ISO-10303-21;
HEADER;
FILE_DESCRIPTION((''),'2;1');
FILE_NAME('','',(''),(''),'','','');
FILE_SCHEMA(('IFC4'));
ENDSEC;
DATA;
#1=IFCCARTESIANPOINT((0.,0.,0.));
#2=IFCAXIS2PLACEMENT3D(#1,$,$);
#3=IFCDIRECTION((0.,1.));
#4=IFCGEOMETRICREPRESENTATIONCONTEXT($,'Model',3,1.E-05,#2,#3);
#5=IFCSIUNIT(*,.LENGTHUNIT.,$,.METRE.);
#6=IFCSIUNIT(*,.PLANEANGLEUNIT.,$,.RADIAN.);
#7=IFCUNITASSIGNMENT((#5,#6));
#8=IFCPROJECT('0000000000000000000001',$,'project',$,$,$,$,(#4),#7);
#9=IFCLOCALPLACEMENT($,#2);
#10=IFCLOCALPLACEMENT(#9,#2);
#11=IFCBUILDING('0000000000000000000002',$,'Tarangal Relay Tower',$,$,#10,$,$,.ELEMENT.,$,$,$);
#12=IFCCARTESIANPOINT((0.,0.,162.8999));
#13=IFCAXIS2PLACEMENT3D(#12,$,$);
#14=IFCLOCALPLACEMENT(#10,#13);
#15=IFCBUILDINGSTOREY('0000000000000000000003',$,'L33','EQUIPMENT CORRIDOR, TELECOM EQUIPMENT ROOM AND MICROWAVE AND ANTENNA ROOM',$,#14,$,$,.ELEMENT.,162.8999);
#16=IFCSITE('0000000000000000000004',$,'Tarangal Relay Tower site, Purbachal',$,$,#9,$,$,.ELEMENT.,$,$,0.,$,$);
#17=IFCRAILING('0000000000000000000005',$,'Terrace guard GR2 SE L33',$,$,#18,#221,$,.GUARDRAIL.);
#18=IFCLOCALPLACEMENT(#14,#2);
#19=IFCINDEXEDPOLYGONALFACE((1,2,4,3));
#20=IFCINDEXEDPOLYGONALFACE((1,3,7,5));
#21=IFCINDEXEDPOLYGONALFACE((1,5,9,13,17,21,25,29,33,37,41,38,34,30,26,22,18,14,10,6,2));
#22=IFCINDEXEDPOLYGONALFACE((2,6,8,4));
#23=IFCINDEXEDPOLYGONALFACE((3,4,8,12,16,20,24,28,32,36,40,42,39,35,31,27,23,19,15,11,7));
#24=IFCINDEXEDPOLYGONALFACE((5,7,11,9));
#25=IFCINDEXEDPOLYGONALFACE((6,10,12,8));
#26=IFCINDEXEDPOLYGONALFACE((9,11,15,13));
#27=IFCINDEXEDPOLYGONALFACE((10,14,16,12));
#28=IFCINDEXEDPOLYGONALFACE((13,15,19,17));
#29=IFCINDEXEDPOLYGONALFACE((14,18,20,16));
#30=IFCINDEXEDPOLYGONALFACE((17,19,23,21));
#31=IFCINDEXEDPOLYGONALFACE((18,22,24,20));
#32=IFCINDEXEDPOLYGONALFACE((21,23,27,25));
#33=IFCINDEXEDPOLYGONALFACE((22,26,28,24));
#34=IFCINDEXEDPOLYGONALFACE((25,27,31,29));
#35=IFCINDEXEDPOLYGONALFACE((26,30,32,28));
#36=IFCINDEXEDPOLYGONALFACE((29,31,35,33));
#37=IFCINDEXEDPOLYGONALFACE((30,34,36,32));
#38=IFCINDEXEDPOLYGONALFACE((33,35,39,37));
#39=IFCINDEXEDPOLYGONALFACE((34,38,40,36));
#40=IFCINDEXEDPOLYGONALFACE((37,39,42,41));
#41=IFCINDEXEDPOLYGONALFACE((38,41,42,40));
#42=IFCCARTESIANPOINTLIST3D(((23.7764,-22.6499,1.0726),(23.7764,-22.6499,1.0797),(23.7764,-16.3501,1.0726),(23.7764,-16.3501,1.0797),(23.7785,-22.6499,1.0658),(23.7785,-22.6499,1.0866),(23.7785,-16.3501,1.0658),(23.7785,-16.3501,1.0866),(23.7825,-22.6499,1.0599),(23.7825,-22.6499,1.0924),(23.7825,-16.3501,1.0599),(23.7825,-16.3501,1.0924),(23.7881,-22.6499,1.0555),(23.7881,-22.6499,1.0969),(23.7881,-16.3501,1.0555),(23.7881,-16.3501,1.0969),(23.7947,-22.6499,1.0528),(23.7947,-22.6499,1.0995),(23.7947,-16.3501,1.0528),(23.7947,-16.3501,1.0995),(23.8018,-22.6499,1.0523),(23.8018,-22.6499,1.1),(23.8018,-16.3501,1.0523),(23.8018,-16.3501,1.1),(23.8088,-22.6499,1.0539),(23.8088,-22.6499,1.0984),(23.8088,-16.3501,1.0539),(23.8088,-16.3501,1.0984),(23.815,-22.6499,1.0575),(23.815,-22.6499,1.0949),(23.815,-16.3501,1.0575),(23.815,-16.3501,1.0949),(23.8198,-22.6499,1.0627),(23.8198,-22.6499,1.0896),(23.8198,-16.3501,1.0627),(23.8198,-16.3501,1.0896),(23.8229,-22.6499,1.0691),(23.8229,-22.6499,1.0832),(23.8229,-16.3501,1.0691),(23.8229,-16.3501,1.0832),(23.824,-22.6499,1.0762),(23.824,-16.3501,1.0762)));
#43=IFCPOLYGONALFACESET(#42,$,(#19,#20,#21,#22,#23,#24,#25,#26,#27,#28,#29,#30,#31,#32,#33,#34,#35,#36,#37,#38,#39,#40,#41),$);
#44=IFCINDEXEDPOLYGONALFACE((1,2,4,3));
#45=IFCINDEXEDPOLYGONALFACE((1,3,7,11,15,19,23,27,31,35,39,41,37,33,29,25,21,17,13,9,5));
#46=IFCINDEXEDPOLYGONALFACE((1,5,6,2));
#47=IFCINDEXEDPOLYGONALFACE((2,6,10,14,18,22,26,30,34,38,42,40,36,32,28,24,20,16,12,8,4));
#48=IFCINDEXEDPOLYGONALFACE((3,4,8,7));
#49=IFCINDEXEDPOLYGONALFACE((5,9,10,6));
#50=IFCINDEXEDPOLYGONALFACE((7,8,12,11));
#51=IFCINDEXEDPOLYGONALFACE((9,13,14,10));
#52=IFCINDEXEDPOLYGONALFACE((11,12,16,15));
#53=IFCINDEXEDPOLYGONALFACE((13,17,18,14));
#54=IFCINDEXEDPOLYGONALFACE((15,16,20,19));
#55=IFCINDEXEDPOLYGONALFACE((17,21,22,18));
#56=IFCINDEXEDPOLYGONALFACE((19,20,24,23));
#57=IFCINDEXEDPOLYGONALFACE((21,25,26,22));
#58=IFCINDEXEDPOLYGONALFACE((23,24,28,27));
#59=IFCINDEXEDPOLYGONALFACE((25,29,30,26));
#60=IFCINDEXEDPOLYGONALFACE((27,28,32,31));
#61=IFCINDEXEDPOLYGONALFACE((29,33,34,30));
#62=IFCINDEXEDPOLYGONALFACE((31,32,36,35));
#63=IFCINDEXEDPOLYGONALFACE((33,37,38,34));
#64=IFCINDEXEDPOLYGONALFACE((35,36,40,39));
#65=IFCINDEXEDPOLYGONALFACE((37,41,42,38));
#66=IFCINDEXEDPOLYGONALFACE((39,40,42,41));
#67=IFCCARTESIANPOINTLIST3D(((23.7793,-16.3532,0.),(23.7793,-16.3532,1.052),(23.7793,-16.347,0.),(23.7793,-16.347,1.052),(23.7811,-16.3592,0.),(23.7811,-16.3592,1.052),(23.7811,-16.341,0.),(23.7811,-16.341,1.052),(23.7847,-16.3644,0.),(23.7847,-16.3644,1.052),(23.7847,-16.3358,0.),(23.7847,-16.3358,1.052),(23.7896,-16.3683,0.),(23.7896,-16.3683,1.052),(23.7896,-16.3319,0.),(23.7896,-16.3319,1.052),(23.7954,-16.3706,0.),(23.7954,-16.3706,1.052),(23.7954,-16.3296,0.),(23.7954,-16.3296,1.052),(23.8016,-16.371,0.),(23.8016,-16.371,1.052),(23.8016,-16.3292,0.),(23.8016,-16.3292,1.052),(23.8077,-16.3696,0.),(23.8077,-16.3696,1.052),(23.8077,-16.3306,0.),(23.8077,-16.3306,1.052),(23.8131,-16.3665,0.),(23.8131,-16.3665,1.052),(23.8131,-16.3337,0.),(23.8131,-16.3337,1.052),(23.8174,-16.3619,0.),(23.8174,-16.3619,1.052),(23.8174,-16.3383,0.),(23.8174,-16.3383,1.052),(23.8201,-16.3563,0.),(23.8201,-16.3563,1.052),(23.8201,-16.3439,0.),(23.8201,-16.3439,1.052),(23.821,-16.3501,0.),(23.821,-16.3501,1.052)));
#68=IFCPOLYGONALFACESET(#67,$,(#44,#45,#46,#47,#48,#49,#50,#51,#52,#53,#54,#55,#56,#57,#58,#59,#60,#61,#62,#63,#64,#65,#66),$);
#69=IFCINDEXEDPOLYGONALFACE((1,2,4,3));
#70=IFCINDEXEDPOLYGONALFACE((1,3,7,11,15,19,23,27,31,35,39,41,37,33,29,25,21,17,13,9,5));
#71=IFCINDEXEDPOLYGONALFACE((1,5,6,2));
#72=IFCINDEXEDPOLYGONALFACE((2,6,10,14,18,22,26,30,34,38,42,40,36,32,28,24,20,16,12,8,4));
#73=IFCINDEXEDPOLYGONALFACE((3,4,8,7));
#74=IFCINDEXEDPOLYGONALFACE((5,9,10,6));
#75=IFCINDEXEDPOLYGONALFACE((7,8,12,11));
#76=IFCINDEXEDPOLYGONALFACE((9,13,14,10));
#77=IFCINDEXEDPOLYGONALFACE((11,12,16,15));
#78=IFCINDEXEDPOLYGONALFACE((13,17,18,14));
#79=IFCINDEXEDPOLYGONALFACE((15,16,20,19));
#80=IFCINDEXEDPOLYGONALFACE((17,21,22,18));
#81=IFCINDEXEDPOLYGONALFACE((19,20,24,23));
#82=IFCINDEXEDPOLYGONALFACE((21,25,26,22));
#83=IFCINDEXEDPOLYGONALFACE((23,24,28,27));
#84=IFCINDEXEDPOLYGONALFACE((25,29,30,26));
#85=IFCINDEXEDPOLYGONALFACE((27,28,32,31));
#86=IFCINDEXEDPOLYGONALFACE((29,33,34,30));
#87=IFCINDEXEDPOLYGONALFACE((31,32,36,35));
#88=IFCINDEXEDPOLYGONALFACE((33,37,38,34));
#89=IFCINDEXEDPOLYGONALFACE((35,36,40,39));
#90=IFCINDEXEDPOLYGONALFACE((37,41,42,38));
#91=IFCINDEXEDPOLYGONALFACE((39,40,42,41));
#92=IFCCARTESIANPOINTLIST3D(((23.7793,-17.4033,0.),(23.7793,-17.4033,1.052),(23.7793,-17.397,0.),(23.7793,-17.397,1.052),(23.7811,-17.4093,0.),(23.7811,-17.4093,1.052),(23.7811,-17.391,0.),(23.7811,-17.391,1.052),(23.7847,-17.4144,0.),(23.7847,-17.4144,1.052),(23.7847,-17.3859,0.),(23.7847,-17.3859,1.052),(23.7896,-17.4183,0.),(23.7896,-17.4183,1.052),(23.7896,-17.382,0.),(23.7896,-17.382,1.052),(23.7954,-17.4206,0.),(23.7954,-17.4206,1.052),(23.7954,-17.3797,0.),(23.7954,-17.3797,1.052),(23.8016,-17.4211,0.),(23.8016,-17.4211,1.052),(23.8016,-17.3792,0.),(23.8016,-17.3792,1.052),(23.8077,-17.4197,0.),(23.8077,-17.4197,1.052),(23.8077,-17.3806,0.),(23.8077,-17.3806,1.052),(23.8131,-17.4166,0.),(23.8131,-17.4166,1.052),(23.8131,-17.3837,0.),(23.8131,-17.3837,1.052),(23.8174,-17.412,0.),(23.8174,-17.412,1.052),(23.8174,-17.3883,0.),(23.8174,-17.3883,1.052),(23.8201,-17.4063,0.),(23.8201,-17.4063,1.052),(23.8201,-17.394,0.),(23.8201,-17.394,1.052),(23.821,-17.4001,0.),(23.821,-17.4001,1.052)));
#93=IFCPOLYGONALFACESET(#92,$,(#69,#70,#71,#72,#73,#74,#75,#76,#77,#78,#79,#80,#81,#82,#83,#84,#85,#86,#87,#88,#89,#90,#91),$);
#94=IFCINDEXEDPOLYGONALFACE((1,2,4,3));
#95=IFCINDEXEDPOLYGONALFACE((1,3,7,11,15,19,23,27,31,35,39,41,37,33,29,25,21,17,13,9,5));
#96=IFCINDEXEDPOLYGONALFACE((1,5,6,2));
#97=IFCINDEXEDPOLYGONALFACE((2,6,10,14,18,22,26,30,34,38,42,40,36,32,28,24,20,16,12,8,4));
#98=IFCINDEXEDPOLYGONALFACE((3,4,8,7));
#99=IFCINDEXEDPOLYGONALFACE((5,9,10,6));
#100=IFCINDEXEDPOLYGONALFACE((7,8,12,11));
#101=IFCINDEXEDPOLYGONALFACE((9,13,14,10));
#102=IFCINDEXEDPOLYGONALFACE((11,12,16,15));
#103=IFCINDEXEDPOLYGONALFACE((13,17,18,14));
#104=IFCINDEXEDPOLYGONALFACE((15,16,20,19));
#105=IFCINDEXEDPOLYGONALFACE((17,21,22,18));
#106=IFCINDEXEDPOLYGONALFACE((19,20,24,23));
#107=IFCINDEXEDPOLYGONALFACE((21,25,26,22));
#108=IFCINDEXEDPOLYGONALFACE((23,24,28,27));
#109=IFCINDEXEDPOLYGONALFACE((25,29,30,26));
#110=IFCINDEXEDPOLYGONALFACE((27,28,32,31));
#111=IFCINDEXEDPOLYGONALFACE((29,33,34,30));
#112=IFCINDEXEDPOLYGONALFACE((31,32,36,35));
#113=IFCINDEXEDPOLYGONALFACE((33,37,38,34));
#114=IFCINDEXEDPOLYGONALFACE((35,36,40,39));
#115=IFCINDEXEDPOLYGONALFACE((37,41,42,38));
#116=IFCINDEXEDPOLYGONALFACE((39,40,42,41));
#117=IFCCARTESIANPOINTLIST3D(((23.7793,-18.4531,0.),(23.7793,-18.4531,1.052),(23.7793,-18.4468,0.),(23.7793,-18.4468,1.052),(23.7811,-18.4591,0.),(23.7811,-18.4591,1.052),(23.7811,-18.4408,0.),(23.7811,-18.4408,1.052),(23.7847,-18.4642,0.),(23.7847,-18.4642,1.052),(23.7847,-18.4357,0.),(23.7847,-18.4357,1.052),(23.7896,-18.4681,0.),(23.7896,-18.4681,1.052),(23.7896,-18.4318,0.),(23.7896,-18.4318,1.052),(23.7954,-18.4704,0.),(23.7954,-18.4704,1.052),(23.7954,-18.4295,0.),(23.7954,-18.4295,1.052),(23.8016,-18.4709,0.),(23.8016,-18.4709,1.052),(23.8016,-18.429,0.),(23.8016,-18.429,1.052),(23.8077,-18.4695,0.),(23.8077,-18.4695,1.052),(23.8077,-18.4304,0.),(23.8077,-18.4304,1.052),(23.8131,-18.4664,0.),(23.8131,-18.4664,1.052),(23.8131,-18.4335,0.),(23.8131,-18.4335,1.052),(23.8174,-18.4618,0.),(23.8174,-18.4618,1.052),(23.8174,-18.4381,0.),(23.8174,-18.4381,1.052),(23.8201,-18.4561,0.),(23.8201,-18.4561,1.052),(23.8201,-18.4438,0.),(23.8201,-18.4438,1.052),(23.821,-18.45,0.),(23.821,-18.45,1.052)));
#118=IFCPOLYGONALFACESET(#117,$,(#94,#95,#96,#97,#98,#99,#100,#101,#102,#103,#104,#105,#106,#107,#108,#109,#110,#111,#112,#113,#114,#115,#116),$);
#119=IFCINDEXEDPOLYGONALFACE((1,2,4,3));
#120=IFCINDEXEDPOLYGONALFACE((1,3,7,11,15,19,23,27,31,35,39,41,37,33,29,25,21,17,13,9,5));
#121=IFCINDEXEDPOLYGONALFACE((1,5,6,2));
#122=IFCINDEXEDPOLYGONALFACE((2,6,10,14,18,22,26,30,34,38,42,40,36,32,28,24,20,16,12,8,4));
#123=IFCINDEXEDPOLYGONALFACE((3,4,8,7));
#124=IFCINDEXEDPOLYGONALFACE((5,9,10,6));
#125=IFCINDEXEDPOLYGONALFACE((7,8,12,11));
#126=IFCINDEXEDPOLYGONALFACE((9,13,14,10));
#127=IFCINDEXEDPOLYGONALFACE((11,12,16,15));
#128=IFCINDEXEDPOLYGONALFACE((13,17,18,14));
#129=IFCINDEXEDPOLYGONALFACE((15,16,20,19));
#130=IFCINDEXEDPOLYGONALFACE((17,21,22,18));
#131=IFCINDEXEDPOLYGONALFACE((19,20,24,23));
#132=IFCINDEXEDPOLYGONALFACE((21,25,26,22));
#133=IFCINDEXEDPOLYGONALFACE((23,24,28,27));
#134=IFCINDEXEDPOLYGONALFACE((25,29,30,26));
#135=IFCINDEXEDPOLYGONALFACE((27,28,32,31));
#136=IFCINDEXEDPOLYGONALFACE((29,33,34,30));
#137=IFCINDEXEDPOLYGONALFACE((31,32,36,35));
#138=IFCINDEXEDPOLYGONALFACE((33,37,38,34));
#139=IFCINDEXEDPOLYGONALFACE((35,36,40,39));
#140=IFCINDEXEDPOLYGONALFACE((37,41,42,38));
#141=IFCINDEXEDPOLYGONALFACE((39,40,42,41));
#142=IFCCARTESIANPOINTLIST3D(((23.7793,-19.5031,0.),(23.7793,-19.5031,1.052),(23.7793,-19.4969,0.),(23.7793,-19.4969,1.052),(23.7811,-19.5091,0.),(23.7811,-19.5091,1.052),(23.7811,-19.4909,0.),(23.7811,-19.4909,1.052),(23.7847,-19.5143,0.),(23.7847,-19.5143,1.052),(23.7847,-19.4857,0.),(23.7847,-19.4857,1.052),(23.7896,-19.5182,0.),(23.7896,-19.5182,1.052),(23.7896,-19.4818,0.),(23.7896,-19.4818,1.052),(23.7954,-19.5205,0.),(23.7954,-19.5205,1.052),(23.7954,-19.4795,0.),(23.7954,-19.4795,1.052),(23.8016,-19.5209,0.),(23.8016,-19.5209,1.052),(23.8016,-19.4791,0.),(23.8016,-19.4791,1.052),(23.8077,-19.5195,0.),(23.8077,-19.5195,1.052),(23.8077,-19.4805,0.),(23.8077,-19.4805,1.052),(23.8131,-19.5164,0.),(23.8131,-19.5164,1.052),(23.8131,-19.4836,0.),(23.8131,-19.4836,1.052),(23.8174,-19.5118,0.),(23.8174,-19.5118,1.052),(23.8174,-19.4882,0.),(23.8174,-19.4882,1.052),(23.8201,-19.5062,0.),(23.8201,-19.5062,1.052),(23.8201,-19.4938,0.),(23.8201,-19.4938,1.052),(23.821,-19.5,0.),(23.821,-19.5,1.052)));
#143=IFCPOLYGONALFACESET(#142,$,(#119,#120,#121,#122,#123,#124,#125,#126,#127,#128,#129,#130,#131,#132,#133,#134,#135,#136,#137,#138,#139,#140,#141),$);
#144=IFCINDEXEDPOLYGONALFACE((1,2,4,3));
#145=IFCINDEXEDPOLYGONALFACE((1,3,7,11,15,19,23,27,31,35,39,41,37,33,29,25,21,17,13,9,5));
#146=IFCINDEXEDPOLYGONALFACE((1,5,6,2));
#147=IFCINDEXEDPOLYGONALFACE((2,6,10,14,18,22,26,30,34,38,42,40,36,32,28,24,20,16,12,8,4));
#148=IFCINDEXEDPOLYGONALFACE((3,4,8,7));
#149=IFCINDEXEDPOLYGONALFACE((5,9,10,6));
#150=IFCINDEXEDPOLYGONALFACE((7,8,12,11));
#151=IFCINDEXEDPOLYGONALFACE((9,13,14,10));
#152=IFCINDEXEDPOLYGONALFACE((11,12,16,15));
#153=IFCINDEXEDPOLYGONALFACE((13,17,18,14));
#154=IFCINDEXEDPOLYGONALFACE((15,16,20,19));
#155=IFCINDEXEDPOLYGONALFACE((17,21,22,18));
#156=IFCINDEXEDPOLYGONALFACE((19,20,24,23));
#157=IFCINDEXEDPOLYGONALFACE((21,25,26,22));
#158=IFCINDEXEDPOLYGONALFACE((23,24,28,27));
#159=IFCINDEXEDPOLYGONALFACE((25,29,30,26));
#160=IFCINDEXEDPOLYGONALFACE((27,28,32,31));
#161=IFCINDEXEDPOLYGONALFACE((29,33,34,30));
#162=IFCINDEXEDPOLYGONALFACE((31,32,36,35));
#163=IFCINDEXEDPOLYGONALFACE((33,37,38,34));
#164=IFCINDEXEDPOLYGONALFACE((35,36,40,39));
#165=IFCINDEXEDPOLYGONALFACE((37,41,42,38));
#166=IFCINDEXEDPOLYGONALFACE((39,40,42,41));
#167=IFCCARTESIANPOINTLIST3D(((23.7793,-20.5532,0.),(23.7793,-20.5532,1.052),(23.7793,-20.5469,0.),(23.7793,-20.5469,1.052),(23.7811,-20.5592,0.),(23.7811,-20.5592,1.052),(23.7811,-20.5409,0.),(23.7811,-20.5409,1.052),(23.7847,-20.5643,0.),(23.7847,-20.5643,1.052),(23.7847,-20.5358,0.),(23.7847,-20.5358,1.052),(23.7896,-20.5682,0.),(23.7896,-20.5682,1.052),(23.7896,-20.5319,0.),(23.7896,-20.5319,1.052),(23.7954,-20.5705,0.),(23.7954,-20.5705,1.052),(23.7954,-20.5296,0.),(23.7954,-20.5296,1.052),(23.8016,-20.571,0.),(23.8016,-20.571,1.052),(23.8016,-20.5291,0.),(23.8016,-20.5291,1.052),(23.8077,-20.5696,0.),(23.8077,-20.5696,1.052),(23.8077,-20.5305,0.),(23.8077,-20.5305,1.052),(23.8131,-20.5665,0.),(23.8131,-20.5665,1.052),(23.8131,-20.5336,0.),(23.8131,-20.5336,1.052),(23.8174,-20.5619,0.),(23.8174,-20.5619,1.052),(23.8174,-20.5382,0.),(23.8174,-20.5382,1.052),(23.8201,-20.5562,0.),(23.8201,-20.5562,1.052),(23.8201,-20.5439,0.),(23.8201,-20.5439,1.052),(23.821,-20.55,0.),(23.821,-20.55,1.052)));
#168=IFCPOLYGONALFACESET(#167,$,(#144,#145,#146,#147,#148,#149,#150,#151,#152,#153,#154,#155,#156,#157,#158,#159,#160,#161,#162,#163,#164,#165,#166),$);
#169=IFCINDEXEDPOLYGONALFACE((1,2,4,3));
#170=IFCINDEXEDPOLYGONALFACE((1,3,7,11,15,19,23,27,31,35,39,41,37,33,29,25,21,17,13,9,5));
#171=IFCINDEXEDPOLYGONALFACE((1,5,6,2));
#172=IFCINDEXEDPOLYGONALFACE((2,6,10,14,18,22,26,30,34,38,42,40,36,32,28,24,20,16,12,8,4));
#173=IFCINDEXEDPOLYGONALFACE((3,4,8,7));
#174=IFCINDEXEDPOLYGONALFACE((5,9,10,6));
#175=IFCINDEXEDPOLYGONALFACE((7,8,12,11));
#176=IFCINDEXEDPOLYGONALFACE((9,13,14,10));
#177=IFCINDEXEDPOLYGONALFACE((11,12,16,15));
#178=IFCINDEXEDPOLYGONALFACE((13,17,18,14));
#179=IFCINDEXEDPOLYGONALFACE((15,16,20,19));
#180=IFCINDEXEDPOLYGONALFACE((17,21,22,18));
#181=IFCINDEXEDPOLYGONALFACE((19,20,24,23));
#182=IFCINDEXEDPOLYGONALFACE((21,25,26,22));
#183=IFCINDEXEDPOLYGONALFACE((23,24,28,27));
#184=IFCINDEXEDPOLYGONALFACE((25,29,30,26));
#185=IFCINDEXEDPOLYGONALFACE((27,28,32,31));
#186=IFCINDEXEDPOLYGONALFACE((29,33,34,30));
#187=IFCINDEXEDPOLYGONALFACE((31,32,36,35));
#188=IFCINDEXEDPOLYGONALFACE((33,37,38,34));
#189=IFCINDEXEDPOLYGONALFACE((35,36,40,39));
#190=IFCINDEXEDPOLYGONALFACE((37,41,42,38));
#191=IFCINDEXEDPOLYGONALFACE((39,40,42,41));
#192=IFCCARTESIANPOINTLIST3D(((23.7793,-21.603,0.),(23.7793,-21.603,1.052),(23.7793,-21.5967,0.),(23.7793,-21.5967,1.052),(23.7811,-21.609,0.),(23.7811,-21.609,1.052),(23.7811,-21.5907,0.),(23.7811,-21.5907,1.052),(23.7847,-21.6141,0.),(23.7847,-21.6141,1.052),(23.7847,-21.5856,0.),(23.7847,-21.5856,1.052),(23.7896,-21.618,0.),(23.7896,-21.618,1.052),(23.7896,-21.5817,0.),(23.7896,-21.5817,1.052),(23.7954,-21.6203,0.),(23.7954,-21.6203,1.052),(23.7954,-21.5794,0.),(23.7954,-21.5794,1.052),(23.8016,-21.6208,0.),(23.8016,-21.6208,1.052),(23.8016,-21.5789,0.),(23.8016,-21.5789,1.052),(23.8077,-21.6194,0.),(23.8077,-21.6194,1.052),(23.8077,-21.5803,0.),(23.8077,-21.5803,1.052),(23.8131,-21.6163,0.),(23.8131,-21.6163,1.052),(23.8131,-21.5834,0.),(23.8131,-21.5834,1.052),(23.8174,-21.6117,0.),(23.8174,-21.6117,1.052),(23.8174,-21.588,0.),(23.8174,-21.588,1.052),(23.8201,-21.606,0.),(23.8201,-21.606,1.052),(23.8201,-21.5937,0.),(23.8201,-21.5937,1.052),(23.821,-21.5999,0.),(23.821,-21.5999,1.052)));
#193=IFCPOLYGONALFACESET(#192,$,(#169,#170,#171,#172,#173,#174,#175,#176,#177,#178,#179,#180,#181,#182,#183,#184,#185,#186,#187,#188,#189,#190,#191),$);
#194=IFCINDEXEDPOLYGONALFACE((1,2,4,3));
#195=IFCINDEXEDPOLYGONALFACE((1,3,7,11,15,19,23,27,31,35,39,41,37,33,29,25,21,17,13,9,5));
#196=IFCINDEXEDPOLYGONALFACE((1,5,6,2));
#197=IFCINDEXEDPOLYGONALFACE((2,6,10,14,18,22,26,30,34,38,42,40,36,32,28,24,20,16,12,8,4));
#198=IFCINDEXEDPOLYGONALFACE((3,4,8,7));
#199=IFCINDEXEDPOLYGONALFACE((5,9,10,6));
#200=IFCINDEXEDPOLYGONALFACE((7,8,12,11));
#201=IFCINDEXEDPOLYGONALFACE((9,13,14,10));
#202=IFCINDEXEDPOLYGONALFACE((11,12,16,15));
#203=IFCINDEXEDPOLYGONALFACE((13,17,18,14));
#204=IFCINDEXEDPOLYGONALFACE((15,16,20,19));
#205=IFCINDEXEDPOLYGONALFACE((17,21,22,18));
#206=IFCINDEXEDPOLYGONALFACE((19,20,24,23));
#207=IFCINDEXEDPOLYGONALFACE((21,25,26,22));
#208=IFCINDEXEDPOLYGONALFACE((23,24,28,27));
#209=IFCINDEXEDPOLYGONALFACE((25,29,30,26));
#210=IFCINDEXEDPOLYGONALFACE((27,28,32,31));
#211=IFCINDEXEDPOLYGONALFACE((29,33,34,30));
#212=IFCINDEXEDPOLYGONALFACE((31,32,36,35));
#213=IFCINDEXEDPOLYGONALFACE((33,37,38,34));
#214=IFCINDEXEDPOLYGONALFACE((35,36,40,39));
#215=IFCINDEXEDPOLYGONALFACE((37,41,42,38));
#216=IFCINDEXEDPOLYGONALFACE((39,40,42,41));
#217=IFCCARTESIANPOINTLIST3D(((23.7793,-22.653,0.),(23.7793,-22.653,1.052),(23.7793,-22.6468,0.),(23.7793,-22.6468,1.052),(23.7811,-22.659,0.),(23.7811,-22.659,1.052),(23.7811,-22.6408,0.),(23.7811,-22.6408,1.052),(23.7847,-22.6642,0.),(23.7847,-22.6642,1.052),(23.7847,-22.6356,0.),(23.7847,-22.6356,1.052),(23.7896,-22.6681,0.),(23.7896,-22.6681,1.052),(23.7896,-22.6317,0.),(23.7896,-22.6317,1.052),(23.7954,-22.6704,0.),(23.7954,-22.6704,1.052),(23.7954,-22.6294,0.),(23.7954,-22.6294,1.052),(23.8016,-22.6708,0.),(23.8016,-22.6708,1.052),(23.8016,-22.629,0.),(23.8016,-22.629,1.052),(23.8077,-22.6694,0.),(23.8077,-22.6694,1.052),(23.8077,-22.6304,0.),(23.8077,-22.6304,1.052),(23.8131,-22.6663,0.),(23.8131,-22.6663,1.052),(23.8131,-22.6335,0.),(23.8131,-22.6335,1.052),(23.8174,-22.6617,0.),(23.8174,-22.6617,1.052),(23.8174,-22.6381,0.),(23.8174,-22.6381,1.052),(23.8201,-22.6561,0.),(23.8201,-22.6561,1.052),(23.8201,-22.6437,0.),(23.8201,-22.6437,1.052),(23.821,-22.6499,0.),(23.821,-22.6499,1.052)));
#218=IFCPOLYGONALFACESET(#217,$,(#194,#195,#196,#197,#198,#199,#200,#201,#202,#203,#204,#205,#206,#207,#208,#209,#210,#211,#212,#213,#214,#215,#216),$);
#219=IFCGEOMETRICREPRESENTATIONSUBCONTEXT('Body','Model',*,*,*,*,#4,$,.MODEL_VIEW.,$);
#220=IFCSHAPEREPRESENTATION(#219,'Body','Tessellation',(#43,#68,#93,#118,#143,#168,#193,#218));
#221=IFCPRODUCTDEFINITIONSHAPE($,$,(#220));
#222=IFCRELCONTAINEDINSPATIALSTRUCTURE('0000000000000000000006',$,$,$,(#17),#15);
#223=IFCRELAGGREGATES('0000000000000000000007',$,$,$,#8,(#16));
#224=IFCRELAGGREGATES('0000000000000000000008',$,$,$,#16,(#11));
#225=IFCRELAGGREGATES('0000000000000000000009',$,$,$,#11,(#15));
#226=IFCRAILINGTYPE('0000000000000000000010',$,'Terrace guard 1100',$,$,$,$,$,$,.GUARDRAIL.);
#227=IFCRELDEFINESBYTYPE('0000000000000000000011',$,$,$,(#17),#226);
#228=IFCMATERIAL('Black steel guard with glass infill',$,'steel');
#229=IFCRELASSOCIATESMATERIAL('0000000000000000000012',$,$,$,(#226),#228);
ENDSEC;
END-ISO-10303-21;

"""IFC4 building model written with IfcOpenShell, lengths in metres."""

from ifc_helpers import new_model, si_unit, direction, frame, origin, origin_2d, place, context, subcontext, project, spatial, circle, extrude, material, type_object, element, save


model = new_model("IFC4")

# Units and contexts
model_context = context("Model", 3, precision=1e-05, world=origin(), true_north=direction((0.0, 1.0)))
body_context = subcontext(model_context, "Body", "Model", "MODEL_VIEW")
ifc_project = project(units=[si_unit("LENGTHUNIT", "METRE"), si_unit("PLANEANGLEUNIT", "RADIAN")], contexts=[model_context])

# Site, building, storey
site_placement = place(None, origin())
site = spatial("IfcSite", under=ifc_project, at=site_placement, Name="Tarangal Relay Tower site, Purbachal", CompositionType="ELEMENT", RefElevation=0.0)
building_placement = place(site_placement, origin())
building = spatial("IfcBuilding", under=site, at=building_placement, Name="Tarangal Relay Tower", CompositionType="ELEMENT")
storey_placement = place(building_placement, frame((0.0, 0.0, 162.8999)))
storey = spatial("IfcBuildingStorey", under=building, at=storey_placement, Name="L33", Description="EQUIPMENT CORRIDOR, TELECOM EQUIPMENT ROOM AND MICROWAVE AND ANTENNA ROOM", CompositionType="ELEMENT", Elevation=162.8999)

# Railing
ifc_material_1 = material(Name="Black steel guard with glass infill", Category="steel")
railing_type = type_object("IfcRailingType", Name="Terrace guard 1100", PredefinedType="GUARDRAIL", material=ifc_material_1)
railing_1_placement = place(storey_placement, frame((23.8, -16.3501, 0.0)))
element("IfcRailing", 1, at=railing_1_placement, inside=storey, type_object=railing_type, Name="Terrace guard GR2 SE L33", PredefinedType="GUARDRAIL", context=body_context, shape_type="SweptSolid", body=[
    extrude(circle(Radius=0.0239, at=origin_2d()), frame((0.0, 0.0, 1.0762), z_axis=(0.0, -1.0, 0.0), x_axis=(1.0, 0.0, 0.0)), (0.0, 0.0, 1.0), 6.2998),
    extrude(circle(Radius=0.021, at=origin_2d()), origin(), (0.0, 0.0, 1.0), 1.052),
    extrude(circle(Radius=0.021, at=origin_2d()), frame((0.0, -1.05, 0.0)), (0.0, 0.0, 1.0), 1.052),
    extrude(circle(Radius=0.021, at=origin_2d()), frame((0.0, -2.0999, 0.0)), (0.0, 0.0, 1.0), 1.052),
    extrude(circle(Radius=0.021, at=origin_2d()), frame((0.0, -3.1499, 0.0)), (0.0, 0.0, 1.0), 1.052),
    extrude(circle(Radius=0.021, at=origin_2d()), frame((0.0, -4.2, 0.0)), (0.0, 0.0, 1.0), 1.052),
    extrude(circle(Radius=0.021, at=origin_2d()), frame((0.0, -5.2498, 0.0)), (0.0, 0.0, 1.0), 1.052),
    extrude(circle(Radius=0.021, at=origin_2d()), frame((0.0, -6.2998, 0.0)), (0.0, 0.0, 1.0), 1.052),
])

save(model, "model.ifc")
